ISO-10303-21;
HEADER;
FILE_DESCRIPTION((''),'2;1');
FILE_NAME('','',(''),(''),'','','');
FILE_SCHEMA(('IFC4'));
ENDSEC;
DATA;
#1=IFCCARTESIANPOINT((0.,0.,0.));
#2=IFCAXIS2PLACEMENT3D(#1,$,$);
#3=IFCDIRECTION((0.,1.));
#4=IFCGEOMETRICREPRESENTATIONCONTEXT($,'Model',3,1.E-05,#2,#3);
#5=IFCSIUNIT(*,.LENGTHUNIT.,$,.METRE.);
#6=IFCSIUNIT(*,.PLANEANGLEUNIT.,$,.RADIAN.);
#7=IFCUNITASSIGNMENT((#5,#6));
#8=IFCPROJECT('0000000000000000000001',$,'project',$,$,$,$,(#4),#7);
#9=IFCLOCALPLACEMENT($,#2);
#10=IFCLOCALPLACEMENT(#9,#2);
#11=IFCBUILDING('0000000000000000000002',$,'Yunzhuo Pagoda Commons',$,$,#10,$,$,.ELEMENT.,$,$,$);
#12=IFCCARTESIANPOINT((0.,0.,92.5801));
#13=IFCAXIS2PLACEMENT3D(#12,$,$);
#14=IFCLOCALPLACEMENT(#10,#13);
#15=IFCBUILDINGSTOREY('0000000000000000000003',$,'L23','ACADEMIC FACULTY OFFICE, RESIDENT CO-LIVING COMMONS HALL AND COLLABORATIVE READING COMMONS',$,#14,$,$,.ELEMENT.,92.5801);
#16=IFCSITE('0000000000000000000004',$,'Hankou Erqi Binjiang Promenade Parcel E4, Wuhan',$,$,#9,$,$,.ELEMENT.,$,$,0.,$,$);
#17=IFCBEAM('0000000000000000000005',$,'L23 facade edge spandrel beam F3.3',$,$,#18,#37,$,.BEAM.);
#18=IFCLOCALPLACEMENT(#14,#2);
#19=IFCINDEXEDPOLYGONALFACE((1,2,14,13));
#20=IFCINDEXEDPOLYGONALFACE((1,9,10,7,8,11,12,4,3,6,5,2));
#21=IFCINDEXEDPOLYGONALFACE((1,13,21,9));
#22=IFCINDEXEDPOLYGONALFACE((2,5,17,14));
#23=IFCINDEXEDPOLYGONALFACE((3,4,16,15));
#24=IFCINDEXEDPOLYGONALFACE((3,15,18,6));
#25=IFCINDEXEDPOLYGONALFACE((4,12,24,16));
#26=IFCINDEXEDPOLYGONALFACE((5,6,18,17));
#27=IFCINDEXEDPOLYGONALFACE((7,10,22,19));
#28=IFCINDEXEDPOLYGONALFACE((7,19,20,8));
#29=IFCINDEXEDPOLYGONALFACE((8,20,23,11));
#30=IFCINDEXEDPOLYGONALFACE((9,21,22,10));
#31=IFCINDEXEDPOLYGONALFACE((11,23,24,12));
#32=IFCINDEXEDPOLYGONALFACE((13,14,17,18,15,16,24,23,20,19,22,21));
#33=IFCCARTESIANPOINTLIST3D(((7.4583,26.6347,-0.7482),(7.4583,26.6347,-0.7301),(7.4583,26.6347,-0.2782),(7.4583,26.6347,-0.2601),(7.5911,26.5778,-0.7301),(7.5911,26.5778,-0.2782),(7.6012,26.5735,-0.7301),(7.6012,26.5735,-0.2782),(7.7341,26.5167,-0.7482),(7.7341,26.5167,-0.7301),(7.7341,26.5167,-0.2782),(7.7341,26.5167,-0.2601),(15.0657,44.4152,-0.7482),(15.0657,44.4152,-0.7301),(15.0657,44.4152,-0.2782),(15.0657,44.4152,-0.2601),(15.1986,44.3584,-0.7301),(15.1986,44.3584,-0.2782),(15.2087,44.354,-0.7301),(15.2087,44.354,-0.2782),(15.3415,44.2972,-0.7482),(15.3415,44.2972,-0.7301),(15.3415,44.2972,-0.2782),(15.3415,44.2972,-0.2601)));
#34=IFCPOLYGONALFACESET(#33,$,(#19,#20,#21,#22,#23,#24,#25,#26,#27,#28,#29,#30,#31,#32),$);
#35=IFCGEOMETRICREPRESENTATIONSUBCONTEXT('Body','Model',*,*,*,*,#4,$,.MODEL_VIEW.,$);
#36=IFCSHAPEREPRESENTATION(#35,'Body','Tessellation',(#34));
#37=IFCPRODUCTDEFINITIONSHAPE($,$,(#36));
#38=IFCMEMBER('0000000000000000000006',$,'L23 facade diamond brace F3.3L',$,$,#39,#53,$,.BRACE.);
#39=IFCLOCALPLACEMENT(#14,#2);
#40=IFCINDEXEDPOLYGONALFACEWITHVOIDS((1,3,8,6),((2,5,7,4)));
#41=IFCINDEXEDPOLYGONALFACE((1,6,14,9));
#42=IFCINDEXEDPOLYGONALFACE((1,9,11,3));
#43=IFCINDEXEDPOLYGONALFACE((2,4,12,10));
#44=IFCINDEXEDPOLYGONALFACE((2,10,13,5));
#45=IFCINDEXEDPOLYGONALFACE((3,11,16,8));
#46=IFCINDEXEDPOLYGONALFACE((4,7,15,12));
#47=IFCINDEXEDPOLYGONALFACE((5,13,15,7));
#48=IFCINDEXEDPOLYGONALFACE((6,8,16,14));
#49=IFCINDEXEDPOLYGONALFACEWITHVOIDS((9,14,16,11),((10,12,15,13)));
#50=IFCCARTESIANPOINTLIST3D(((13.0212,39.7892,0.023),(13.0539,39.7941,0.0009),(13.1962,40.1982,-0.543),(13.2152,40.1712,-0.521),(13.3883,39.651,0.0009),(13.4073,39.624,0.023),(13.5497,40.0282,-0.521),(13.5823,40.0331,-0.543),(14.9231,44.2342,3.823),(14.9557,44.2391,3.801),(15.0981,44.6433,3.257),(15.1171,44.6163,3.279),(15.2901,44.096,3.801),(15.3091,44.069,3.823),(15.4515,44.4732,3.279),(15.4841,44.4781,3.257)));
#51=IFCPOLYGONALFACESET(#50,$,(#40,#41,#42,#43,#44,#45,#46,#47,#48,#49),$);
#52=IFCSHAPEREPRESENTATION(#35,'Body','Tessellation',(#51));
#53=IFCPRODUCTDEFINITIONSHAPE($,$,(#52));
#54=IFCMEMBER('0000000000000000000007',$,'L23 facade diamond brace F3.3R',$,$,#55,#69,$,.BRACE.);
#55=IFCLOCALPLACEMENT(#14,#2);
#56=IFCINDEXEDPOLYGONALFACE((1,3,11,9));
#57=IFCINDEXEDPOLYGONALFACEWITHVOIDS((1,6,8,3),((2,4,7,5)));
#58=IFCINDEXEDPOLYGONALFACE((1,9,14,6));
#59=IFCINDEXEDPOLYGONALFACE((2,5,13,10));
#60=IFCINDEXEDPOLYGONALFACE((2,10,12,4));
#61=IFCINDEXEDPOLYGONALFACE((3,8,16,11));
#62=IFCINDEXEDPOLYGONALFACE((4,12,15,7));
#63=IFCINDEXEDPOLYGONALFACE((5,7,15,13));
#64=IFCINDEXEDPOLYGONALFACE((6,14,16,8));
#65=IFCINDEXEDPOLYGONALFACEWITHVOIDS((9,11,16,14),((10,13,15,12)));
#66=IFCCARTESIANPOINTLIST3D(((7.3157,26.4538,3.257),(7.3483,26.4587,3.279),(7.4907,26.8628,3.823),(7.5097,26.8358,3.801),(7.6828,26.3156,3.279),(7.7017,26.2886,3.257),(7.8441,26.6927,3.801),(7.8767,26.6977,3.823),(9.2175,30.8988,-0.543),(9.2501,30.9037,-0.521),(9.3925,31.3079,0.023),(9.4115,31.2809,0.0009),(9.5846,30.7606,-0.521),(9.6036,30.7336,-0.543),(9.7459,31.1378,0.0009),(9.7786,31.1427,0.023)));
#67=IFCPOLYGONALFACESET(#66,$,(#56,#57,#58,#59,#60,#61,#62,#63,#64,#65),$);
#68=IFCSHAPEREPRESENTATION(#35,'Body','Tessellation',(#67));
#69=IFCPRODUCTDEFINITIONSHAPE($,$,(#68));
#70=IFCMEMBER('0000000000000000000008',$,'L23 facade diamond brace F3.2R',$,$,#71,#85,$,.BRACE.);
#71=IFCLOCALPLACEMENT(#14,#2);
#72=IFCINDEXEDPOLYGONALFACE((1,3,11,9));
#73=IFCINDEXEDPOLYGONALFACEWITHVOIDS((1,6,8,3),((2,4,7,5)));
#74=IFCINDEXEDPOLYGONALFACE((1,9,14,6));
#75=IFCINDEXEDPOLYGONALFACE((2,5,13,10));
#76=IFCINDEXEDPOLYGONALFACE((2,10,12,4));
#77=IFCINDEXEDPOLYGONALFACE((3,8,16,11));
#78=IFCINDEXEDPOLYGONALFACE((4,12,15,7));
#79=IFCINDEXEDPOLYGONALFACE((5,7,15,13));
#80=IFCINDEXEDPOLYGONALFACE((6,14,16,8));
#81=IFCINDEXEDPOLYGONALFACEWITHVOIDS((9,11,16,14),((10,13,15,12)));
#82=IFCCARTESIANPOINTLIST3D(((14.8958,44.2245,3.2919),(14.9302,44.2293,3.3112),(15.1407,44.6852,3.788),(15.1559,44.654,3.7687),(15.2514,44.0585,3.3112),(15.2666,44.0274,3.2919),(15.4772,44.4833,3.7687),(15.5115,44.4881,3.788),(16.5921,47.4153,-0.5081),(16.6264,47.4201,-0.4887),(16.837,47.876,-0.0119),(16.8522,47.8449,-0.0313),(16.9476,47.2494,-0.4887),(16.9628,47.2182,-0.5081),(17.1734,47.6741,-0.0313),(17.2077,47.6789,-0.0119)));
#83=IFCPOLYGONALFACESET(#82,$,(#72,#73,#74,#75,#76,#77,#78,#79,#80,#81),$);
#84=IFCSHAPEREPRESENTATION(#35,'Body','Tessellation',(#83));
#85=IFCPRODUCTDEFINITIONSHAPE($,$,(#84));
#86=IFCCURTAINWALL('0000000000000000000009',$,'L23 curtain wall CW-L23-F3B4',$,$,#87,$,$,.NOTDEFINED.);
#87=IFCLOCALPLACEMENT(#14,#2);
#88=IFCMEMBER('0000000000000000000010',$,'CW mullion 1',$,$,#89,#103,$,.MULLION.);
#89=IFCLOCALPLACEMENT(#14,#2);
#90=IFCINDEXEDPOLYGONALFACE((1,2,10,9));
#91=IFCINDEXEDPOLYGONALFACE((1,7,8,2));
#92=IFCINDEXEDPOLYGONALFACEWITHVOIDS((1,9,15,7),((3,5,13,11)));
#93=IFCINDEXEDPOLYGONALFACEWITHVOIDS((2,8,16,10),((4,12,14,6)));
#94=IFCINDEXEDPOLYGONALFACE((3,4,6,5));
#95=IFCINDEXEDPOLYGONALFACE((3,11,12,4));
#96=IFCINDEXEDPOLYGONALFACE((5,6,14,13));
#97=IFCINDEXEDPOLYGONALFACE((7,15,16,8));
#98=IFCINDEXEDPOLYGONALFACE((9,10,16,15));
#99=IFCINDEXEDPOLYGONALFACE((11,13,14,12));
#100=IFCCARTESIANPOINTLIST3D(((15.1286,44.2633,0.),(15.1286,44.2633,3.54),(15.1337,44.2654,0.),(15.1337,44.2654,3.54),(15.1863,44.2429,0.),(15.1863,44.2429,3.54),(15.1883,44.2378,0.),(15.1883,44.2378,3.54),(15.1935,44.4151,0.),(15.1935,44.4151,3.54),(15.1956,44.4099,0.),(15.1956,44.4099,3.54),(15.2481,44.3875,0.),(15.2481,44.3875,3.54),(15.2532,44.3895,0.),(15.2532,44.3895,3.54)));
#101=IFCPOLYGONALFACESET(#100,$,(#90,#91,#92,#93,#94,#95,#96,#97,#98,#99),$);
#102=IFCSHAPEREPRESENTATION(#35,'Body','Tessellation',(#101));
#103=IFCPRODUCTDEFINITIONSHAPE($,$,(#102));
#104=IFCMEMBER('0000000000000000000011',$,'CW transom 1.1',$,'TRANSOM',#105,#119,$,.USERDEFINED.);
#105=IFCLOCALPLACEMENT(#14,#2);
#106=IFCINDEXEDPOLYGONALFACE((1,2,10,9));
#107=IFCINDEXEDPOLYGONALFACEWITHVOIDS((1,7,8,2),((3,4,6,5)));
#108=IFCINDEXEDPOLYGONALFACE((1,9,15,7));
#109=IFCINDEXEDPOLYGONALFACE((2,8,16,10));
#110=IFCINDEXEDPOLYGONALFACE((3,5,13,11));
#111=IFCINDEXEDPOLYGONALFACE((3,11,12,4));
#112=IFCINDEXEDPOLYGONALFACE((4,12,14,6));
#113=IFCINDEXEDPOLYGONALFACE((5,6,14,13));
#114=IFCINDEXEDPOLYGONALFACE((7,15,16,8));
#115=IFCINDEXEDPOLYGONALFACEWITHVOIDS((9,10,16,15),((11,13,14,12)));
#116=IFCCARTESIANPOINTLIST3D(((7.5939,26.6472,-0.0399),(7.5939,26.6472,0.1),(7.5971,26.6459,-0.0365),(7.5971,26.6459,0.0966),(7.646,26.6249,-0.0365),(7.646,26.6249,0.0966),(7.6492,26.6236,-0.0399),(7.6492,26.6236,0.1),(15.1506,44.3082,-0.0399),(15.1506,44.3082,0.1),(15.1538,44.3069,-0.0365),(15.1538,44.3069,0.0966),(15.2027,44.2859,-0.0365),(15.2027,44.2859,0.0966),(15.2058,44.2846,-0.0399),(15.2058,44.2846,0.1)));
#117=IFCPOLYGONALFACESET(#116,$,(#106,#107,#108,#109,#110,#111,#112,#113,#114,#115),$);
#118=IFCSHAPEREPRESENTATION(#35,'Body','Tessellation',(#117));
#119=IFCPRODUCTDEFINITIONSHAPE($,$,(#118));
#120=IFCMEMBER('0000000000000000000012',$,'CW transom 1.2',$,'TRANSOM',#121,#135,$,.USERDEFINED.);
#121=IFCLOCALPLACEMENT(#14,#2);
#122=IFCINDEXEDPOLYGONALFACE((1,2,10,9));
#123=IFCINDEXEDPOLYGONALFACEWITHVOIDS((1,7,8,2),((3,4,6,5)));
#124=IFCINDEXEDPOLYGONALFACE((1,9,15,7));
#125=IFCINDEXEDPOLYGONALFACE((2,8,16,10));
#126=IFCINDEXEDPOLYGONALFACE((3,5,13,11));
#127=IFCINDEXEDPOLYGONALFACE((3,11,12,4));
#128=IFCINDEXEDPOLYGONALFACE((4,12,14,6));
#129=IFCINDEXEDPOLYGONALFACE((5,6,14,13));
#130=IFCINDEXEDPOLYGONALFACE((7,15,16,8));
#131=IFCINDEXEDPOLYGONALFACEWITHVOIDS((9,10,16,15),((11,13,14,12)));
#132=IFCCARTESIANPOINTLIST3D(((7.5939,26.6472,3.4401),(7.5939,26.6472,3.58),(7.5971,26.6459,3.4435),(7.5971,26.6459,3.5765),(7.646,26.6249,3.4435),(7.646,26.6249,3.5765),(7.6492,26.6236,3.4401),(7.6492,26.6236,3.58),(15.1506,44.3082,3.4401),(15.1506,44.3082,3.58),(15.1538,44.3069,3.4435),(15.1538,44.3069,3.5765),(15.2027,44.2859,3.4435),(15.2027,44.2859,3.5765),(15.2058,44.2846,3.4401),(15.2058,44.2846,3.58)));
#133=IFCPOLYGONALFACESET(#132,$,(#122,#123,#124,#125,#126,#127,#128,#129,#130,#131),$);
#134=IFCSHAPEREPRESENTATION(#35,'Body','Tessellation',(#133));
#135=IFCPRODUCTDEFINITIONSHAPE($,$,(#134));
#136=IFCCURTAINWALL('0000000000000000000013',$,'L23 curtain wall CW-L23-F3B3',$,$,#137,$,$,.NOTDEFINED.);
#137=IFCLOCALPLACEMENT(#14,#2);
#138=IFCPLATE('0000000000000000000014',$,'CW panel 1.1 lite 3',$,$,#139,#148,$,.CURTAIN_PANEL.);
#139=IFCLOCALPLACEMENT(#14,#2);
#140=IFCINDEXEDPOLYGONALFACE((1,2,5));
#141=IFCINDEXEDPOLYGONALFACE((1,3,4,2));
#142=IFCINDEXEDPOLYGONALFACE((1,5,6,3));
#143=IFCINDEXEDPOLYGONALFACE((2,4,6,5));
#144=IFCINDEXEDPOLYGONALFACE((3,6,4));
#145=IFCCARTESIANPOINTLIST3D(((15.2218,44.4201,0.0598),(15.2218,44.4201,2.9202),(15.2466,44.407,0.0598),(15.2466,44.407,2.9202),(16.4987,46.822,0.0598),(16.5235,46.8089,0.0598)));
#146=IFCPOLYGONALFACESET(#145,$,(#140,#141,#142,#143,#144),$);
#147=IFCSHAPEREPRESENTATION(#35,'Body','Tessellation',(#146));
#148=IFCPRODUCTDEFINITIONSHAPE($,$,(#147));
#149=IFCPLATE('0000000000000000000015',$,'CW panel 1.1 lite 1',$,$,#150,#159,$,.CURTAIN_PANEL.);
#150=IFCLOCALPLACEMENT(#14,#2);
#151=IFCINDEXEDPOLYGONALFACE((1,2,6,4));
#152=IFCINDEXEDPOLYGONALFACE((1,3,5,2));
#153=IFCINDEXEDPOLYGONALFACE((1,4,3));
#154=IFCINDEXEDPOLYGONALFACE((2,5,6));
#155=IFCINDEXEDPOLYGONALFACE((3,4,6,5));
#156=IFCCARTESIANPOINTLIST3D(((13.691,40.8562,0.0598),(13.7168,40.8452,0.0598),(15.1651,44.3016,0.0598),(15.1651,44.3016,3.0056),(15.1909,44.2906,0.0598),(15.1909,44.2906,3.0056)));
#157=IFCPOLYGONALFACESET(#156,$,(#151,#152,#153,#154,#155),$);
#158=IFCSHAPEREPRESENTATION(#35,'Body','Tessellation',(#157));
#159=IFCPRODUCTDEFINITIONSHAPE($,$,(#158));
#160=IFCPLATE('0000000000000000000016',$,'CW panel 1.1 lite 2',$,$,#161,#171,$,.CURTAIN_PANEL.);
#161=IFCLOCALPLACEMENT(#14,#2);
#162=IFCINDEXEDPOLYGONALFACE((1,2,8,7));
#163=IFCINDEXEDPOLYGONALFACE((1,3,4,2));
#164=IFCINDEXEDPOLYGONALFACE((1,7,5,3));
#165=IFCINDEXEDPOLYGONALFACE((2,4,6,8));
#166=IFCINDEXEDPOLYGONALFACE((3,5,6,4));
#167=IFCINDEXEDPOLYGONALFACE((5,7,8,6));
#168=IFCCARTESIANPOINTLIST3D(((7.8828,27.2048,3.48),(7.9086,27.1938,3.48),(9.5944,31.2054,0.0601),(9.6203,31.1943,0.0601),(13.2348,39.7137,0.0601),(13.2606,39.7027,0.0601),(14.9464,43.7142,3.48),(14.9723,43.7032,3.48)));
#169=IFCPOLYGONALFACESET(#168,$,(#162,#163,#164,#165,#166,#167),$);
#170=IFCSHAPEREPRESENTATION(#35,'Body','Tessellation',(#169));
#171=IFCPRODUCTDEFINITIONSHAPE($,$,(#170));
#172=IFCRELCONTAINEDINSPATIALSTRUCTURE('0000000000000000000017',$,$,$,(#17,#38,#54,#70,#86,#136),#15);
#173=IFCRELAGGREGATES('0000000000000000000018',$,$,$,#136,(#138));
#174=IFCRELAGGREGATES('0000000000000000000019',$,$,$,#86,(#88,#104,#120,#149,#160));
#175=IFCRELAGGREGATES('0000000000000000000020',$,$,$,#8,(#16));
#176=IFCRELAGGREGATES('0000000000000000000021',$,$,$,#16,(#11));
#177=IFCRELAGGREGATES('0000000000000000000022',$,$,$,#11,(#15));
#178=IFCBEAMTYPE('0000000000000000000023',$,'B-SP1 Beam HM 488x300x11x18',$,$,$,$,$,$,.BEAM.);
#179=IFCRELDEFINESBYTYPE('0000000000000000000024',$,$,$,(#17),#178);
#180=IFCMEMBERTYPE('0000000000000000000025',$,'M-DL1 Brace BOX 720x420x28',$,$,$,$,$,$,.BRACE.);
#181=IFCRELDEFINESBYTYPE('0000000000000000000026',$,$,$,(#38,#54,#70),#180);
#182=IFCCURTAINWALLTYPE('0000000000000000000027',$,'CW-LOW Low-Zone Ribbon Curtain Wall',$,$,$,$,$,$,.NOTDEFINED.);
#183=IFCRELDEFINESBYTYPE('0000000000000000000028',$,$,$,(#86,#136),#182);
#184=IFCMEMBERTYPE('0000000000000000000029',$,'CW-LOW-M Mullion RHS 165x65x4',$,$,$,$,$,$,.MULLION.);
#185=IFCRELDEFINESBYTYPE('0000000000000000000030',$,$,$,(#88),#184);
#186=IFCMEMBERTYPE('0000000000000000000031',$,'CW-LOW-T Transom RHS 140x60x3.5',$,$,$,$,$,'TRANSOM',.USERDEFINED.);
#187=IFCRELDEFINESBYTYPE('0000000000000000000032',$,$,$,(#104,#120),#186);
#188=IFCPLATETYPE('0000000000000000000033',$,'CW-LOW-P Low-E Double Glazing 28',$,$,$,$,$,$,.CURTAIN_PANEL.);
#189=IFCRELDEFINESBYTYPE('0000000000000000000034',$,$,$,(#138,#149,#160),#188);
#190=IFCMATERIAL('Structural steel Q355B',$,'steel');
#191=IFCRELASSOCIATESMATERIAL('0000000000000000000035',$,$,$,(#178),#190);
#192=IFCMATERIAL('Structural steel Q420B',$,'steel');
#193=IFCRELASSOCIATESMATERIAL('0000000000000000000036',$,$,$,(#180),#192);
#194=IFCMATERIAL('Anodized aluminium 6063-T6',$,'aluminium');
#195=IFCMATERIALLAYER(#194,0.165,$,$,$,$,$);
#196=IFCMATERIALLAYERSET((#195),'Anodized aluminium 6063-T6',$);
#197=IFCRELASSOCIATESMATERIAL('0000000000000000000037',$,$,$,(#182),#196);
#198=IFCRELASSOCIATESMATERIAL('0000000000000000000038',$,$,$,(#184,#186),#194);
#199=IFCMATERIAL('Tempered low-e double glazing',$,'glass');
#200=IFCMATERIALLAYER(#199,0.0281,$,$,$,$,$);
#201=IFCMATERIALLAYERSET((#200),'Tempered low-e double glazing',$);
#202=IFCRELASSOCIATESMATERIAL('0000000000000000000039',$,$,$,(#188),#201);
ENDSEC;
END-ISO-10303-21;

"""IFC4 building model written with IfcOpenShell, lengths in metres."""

from ifc_helpers import new_model, si_unit, direction, frame, origin, origin_2d, place, context, subcontext, project, spatial, polyline, hollow_rectangle, i_section, outline, extrude, source, transform, mapped, material, layer, layer_set, material_profile, profile_set, type_object, element, aggregate, save


model = new_model("IFC4")

# Units and contexts
model_context = context("Model", 3, precision=1e-05, world=origin(), true_north=direction((0.0, 1.0)))
body_context = subcontext(model_context, "Body", "Model", "MODEL_VIEW")
ifc_project = project(units=[si_unit("LENGTHUNIT", "METRE"), si_unit("PLANEANGLEUNIT", "RADIAN")], contexts=[model_context])

# Site, building, storey
site_placement = place(None, origin())
site = spatial("IfcSite", under=ifc_project, at=site_placement, Name="Hankou Erqi Binjiang Promenade Parcel E4, Wuhan", CompositionType="ELEMENT", RefElevation=0.0)
building_placement = place(site_placement, origin())
building = spatial("IfcBuilding", under=site, at=building_placement, Name="Yunzhuo Pagoda Commons", CompositionType="ELEMENT")
storey_placement = place(building_placement, frame((0.0, 0.0, 92.5801)))
storey = spatial("IfcBuildingStorey", under=building, at=storey_placement, Name="L23", Description="ACADEMIC FACULTY OFFICE, RESIDENT CO-LIVING COMMONS HALL AND COLLABORATIVE READING COMMONS", CompositionType="ELEMENT", Elevation=92.5801)

# Shared definitions
ifc_material_1 = material(Name="Structural steel Q420B", Category="steel")

# Beam
ifc_material_2 = material(Name="Structural steel Q355B", Category="steel")
ifc_material_profile_1 = material_profile(ifc_material_2, i_section(OverallWidth=0.3, OverallDepth=0.488, WebThickness=0.011, FlangeThickness=0.0181, at=origin_2d()), Name="Structural steel Q355B")
ifc_profile_set_1 = profile_set([ifc_material_profile_1], Name="Structural steel Q355B")
beam_type_1 = type_object("IfcBeamType", Name="B-SP1 Beam HM 488x300x11x18", PredefinedType="BEAM", material=ifc_profile_set_1)
shared_shape_1 = source(origin(), body_context, "Body", "SweptSolid", [
    extrude(i_section(OverallWidth=0.3, OverallDepth=0.488, WebThickness=0.011, FlangeThickness=0.0181, at=origin_2d()), origin(), (0.0, 0.0, 1.0), 19.3396),
])
beam_1_placement = place(storey_placement, frame((15.2036, 44.3562, -0.5042), z_axis=(-0.39336, -0.919384, 0.0), x_axis=(0.919384, -0.39336, 0.0)))
element("IfcBeam", 1, at=beam_1_placement, inside=storey, type_object=beam_type_1, Name="L23 facade edge spandrel beam F3.3", PredefinedType="BEAM", context=body_context, shape_type="MappedRepresentation", body=[
    mapped(shared_shape_1, transform((0.0, 0.0, 0.0), scale=1.0)),
])

# Members
ifc_material_profile_2 = material_profile(ifc_material_1, hollow_rectangle(XDim=0.4199, YDim=0.72, WallThickness=0.0281, at=origin_2d()), Name="Structural steel Q420B")
ifc_profile_set_2 = profile_set([ifc_material_profile_2], Name="Structural steel Q420B")
member_type_1 = type_object("IfcMemberType", Name="M-DL1 Brace BOX 720x420x28", PredefinedType="BRACE", material=ifc_profile_set_2)
shared_shape_2 = source(origin(), body_context, "Body", "SweptSolid", [
    extrude(hollow_rectangle(XDim=0.4199, YDim=0.72, WallThickness=0.0281, at=origin_2d()), origin(), (0.0, 0.0, 1.0), 6.1494),
])
for number, where, z_axis, x_axis, name in (
    (2, (13.3018, 39.9111, -0.26), (0.309271, 0.722837, 0.617947), (-0.919383, 0.393365, 0.0), "L23 facade diamond brace F3.3L"),
    (3, (9.498, 31.0208, -0.26), (-0.309271, -0.722837, 0.617947), (0.919383, -0.393365, 0.0), "L23 facade diamond brace F3.3R"),
):
    element("IfcMember", number, at=place(storey_placement, frame(where, z_axis=z_axis, x_axis=x_axis)), inside=storey, type_object=member_type_1, Name=name, PredefinedType="BRACE", context=body_context, shape_type="MappedRepresentation", body=[
        mapped(shared_shape_2, transform((0.0, 0.0, 0.0), scale=1.0)),
    ])
shared_shape_3 = source(origin(), body_context, "Body", "SweptSolid", [
    extrude(hollow_rectangle(XDim=0.4199, YDim=0.72, WallThickness=0.0281, at=origin_2d()), origin(), (0.0, 0.0, 1.0), 5.2439),
])
member_1_placement = place(storey_placement, frame((16.8999, 47.5471, -0.26), z_axis=(-0.323471, -0.608487, 0.724645), x_axis=(0.882988, -0.469396, 0.0)))
element("IfcMember", 4, at=member_1_placement, inside=storey, type_object=member_type_1, Name="L23 facade diamond brace F3.2R", PredefinedType="BRACE", context=body_context, shape_type="MappedRepresentation", body=[
    mapped(shared_shape_3, transform((0.0, 0.0, 0.0), scale=1.0)),
])

# Curtain wall, members
ifc_material_3 = material(Name="Anodized aluminium 6063-T6", Category="aluminium")
ifc_layer_1 = layer(ifc_material_3, 0.165)
ifc_layer_set_1 = layer_set([ifc_layer_1], Name="Anodized aluminium 6063-T6")
curtain_wall_type = type_object("IfcCurtainWallType", Name="CW-LOW Low-Zone Ribbon Curtain Wall", PredefinedType="NOTDEFINED", material=ifc_layer_set_1)
curtain_wall_1_placement = place(storey_placement, origin())
curtain_wall_1 = element("IfcCurtainWall", 5, at=curtain_wall_1_placement, inside=storey, type_object=curtain_wall_type, Name="L23 curtain wall CW-L23-F3B4", PredefinedType="NOTDEFINED")
ifc_material_profile_3 = material_profile(ifc_material_3, hollow_rectangle(XDim=0.0649, YDim=0.165, WallThickness=0.0039, at=origin_2d()), Name="Anodized aluminium 6063-T6")
ifc_profile_set_3 = profile_set([ifc_material_profile_3], Name="Anodized aluminium 6063-T6")
member_type_2 = type_object("IfcMemberType", Name="CW-LOW-M Mullion RHS 165x65x4", PredefinedType="MULLION", material=ifc_profile_set_3)
shared_shape_4 = source(origin(), body_context, "Body", "SweptSolid", [
    extrude(hollow_rectangle(XDim=0.0649, YDim=0.165, WallThickness=0.0039, at=origin_2d()), origin(), (0.0, 0.0, 1.0), 3.54),
])
member_2_placement = place(storey_placement, frame((15.1909, 44.3264, 0.0), z_axis=(0.0, 0.0, 1.0), x_axis=(0.919383, -0.393364, 0.0)))
member_2 = element("IfcMember", 6, at=member_2_placement, type_object=member_type_2, Name="CW mullion 1", PredefinedType="MULLION", context=body_context, shape_type="MappedRepresentation", body=[
    mapped(shared_shape_4, transform((0.0, 0.0, 0.0), scale=1.0)),
])
ifc_material_profile_4 = material_profile(ifc_material_3, hollow_rectangle(XDim=0.0601, YDim=0.1399, WallThickness=0.0034, at=origin_2d()), Name="Anodized aluminium 6063-T6")
ifc_profile_set_4 = profile_set([ifc_material_profile_4], Name="Anodized aluminium 6063-T6")
member_type_3 = type_object("IfcMemberType", Name="CW-LOW-T Transom RHS 140x60x3.5", ElementType="TRANSOM", PredefinedType="USERDEFINED", material=ifc_profile_set_4)
shared_shape_5 = source(origin(), body_context, "Body", "SweptSolid", [
    extrude(hollow_rectangle(XDim=0.0601, YDim=0.1399, WallThickness=0.0034, at=origin_2d()), origin(), (0.0, 0.0, 1.0), 19.2097),
])
member_3_placement = place(storey_placement, frame((15.1782, 44.2964, 0.03), z_axis=(-0.393378, -0.919377, 0.0), x_axis=(0.919377, -0.393378, 0.0)))
member_3 = element("IfcMember", 7, at=member_3_placement, type_object=member_type_3, Name="CW transom 1.1", ObjectType="TRANSOM", PredefinedType="USERDEFINED", context=body_context, shape_type="MappedRepresentation", body=[
    mapped(shared_shape_5, transform((0.0, 0.0, 0.0), scale=1.0)),
])
member_4_placement = place(storey_placement, frame((15.1782, 44.2964, 3.51), z_axis=(-0.393378, -0.919377, 0.0), x_axis=(0.919377, -0.393378, 0.0)))
member_4 = element("IfcMember", 8, at=member_4_placement, type_object=member_type_3, Name="CW transom 1.2", ObjectType="TRANSOM", PredefinedType="USERDEFINED", context=body_context, shape_type="MappedRepresentation", body=[
    mapped(shared_shape_5, transform((0.0, 0.0, 0.0), scale=1.0)),
])

# Curtain wall, plate
curtain_wall_2_placement = place(storey_placement, origin())
curtain_wall_2 = element("IfcCurtainWall", 9, at=curtain_wall_2_placement, inside=storey, type_object=curtain_wall_type, Name="L23 curtain wall CW-L23-F3B3", PredefinedType="NOTDEFINED")
ifc_material_4 = material(Name="Tempered low-e double glazing", Category="glass")
ifc_layer_2 = layer(ifc_material_4, 0.0281)
ifc_layer_set_2 = layer_set([ifc_layer_2], Name="Tempered low-e double glazing")
plate_type_1 = type_object("IfcPlateType", Name="CW-LOW-P Low-E Double Glazing 28", PredefinedType="CURTAIN_PANEL", material=ifc_layer_set_2)
plate_1_placement = place(storey_placement, frame((15.885, 45.6079, 1.49), z_axis=(-0.882976, 0.469418, 0.0), x_axis=(-0.469418, -0.882976, 0.0)))
plate_1 = element("IfcPlate", 10, at=plate_1_placement, type_object=plate_type_1, Name="CW panel 1.1 lite 3", PredefinedType="CURTAIN_PANEL", context=body_context, shape_type="SweptSolid", body=[
    extrude(outline(polyline([(-1.3601, -1.4302), (1.3601, -1.4302), (1.3601, 1.4302), (-1.3601, -1.4302)])), origin(), (0.0, 0.0, 1.0), 0.0281),
])
aggregate(curtain_wall_2, [plate_1])

# Plates
plate_2_placement = place(storey_placement, frame((14.4539, 42.5679, 1.5327), z_axis=(-0.919383, 0.393364, 0.0), x_axis=(-0.393364, -0.919383, 0.0)))
plate_2 = element("IfcPlate", 11, at=plate_2_placement, type_object=plate_type_1, Name="CW panel 1.1 lite 1", PredefinedType="CURTAIN_PANEL", context=body_context, shape_type="SweptSolid", body=[
    extrude(outline(polyline([(-1.8738, -1.4729), (1.8738, -1.4729), (-1.8738, 1.4729), (-1.8738, -1.4729)])), origin(), (0.0, 0.0, 1.0), 0.0281),
])
plate_3_placement = place(storey_placement, frame((11.4404, 35.4485, 1.77), z_axis=(-0.919383, 0.393364, 0.0), x_axis=(-0.393364, -0.919383, 0.0)))
plate_3 = element("IfcPlate", 12, at=plate_3_placement, type_object=plate_type_1, Name="CW panel 1.1 lite 2", PredefinedType="CURTAIN_PANEL", context=body_context, shape_type="SweptSolid", body=[
    extrude(outline(polyline([(-8.9785, 1.71), (-4.6272, -1.71), (4.6272, -1.71), (8.9785, 1.71), (-8.9785, 1.71)])), origin(), (0.0, 0.0, 1.0), 0.0281),
])
aggregate(curtain_wall_1, [member_2, member_3, member_4, plate_2, plate_3])

save(model, "model.ifc")
